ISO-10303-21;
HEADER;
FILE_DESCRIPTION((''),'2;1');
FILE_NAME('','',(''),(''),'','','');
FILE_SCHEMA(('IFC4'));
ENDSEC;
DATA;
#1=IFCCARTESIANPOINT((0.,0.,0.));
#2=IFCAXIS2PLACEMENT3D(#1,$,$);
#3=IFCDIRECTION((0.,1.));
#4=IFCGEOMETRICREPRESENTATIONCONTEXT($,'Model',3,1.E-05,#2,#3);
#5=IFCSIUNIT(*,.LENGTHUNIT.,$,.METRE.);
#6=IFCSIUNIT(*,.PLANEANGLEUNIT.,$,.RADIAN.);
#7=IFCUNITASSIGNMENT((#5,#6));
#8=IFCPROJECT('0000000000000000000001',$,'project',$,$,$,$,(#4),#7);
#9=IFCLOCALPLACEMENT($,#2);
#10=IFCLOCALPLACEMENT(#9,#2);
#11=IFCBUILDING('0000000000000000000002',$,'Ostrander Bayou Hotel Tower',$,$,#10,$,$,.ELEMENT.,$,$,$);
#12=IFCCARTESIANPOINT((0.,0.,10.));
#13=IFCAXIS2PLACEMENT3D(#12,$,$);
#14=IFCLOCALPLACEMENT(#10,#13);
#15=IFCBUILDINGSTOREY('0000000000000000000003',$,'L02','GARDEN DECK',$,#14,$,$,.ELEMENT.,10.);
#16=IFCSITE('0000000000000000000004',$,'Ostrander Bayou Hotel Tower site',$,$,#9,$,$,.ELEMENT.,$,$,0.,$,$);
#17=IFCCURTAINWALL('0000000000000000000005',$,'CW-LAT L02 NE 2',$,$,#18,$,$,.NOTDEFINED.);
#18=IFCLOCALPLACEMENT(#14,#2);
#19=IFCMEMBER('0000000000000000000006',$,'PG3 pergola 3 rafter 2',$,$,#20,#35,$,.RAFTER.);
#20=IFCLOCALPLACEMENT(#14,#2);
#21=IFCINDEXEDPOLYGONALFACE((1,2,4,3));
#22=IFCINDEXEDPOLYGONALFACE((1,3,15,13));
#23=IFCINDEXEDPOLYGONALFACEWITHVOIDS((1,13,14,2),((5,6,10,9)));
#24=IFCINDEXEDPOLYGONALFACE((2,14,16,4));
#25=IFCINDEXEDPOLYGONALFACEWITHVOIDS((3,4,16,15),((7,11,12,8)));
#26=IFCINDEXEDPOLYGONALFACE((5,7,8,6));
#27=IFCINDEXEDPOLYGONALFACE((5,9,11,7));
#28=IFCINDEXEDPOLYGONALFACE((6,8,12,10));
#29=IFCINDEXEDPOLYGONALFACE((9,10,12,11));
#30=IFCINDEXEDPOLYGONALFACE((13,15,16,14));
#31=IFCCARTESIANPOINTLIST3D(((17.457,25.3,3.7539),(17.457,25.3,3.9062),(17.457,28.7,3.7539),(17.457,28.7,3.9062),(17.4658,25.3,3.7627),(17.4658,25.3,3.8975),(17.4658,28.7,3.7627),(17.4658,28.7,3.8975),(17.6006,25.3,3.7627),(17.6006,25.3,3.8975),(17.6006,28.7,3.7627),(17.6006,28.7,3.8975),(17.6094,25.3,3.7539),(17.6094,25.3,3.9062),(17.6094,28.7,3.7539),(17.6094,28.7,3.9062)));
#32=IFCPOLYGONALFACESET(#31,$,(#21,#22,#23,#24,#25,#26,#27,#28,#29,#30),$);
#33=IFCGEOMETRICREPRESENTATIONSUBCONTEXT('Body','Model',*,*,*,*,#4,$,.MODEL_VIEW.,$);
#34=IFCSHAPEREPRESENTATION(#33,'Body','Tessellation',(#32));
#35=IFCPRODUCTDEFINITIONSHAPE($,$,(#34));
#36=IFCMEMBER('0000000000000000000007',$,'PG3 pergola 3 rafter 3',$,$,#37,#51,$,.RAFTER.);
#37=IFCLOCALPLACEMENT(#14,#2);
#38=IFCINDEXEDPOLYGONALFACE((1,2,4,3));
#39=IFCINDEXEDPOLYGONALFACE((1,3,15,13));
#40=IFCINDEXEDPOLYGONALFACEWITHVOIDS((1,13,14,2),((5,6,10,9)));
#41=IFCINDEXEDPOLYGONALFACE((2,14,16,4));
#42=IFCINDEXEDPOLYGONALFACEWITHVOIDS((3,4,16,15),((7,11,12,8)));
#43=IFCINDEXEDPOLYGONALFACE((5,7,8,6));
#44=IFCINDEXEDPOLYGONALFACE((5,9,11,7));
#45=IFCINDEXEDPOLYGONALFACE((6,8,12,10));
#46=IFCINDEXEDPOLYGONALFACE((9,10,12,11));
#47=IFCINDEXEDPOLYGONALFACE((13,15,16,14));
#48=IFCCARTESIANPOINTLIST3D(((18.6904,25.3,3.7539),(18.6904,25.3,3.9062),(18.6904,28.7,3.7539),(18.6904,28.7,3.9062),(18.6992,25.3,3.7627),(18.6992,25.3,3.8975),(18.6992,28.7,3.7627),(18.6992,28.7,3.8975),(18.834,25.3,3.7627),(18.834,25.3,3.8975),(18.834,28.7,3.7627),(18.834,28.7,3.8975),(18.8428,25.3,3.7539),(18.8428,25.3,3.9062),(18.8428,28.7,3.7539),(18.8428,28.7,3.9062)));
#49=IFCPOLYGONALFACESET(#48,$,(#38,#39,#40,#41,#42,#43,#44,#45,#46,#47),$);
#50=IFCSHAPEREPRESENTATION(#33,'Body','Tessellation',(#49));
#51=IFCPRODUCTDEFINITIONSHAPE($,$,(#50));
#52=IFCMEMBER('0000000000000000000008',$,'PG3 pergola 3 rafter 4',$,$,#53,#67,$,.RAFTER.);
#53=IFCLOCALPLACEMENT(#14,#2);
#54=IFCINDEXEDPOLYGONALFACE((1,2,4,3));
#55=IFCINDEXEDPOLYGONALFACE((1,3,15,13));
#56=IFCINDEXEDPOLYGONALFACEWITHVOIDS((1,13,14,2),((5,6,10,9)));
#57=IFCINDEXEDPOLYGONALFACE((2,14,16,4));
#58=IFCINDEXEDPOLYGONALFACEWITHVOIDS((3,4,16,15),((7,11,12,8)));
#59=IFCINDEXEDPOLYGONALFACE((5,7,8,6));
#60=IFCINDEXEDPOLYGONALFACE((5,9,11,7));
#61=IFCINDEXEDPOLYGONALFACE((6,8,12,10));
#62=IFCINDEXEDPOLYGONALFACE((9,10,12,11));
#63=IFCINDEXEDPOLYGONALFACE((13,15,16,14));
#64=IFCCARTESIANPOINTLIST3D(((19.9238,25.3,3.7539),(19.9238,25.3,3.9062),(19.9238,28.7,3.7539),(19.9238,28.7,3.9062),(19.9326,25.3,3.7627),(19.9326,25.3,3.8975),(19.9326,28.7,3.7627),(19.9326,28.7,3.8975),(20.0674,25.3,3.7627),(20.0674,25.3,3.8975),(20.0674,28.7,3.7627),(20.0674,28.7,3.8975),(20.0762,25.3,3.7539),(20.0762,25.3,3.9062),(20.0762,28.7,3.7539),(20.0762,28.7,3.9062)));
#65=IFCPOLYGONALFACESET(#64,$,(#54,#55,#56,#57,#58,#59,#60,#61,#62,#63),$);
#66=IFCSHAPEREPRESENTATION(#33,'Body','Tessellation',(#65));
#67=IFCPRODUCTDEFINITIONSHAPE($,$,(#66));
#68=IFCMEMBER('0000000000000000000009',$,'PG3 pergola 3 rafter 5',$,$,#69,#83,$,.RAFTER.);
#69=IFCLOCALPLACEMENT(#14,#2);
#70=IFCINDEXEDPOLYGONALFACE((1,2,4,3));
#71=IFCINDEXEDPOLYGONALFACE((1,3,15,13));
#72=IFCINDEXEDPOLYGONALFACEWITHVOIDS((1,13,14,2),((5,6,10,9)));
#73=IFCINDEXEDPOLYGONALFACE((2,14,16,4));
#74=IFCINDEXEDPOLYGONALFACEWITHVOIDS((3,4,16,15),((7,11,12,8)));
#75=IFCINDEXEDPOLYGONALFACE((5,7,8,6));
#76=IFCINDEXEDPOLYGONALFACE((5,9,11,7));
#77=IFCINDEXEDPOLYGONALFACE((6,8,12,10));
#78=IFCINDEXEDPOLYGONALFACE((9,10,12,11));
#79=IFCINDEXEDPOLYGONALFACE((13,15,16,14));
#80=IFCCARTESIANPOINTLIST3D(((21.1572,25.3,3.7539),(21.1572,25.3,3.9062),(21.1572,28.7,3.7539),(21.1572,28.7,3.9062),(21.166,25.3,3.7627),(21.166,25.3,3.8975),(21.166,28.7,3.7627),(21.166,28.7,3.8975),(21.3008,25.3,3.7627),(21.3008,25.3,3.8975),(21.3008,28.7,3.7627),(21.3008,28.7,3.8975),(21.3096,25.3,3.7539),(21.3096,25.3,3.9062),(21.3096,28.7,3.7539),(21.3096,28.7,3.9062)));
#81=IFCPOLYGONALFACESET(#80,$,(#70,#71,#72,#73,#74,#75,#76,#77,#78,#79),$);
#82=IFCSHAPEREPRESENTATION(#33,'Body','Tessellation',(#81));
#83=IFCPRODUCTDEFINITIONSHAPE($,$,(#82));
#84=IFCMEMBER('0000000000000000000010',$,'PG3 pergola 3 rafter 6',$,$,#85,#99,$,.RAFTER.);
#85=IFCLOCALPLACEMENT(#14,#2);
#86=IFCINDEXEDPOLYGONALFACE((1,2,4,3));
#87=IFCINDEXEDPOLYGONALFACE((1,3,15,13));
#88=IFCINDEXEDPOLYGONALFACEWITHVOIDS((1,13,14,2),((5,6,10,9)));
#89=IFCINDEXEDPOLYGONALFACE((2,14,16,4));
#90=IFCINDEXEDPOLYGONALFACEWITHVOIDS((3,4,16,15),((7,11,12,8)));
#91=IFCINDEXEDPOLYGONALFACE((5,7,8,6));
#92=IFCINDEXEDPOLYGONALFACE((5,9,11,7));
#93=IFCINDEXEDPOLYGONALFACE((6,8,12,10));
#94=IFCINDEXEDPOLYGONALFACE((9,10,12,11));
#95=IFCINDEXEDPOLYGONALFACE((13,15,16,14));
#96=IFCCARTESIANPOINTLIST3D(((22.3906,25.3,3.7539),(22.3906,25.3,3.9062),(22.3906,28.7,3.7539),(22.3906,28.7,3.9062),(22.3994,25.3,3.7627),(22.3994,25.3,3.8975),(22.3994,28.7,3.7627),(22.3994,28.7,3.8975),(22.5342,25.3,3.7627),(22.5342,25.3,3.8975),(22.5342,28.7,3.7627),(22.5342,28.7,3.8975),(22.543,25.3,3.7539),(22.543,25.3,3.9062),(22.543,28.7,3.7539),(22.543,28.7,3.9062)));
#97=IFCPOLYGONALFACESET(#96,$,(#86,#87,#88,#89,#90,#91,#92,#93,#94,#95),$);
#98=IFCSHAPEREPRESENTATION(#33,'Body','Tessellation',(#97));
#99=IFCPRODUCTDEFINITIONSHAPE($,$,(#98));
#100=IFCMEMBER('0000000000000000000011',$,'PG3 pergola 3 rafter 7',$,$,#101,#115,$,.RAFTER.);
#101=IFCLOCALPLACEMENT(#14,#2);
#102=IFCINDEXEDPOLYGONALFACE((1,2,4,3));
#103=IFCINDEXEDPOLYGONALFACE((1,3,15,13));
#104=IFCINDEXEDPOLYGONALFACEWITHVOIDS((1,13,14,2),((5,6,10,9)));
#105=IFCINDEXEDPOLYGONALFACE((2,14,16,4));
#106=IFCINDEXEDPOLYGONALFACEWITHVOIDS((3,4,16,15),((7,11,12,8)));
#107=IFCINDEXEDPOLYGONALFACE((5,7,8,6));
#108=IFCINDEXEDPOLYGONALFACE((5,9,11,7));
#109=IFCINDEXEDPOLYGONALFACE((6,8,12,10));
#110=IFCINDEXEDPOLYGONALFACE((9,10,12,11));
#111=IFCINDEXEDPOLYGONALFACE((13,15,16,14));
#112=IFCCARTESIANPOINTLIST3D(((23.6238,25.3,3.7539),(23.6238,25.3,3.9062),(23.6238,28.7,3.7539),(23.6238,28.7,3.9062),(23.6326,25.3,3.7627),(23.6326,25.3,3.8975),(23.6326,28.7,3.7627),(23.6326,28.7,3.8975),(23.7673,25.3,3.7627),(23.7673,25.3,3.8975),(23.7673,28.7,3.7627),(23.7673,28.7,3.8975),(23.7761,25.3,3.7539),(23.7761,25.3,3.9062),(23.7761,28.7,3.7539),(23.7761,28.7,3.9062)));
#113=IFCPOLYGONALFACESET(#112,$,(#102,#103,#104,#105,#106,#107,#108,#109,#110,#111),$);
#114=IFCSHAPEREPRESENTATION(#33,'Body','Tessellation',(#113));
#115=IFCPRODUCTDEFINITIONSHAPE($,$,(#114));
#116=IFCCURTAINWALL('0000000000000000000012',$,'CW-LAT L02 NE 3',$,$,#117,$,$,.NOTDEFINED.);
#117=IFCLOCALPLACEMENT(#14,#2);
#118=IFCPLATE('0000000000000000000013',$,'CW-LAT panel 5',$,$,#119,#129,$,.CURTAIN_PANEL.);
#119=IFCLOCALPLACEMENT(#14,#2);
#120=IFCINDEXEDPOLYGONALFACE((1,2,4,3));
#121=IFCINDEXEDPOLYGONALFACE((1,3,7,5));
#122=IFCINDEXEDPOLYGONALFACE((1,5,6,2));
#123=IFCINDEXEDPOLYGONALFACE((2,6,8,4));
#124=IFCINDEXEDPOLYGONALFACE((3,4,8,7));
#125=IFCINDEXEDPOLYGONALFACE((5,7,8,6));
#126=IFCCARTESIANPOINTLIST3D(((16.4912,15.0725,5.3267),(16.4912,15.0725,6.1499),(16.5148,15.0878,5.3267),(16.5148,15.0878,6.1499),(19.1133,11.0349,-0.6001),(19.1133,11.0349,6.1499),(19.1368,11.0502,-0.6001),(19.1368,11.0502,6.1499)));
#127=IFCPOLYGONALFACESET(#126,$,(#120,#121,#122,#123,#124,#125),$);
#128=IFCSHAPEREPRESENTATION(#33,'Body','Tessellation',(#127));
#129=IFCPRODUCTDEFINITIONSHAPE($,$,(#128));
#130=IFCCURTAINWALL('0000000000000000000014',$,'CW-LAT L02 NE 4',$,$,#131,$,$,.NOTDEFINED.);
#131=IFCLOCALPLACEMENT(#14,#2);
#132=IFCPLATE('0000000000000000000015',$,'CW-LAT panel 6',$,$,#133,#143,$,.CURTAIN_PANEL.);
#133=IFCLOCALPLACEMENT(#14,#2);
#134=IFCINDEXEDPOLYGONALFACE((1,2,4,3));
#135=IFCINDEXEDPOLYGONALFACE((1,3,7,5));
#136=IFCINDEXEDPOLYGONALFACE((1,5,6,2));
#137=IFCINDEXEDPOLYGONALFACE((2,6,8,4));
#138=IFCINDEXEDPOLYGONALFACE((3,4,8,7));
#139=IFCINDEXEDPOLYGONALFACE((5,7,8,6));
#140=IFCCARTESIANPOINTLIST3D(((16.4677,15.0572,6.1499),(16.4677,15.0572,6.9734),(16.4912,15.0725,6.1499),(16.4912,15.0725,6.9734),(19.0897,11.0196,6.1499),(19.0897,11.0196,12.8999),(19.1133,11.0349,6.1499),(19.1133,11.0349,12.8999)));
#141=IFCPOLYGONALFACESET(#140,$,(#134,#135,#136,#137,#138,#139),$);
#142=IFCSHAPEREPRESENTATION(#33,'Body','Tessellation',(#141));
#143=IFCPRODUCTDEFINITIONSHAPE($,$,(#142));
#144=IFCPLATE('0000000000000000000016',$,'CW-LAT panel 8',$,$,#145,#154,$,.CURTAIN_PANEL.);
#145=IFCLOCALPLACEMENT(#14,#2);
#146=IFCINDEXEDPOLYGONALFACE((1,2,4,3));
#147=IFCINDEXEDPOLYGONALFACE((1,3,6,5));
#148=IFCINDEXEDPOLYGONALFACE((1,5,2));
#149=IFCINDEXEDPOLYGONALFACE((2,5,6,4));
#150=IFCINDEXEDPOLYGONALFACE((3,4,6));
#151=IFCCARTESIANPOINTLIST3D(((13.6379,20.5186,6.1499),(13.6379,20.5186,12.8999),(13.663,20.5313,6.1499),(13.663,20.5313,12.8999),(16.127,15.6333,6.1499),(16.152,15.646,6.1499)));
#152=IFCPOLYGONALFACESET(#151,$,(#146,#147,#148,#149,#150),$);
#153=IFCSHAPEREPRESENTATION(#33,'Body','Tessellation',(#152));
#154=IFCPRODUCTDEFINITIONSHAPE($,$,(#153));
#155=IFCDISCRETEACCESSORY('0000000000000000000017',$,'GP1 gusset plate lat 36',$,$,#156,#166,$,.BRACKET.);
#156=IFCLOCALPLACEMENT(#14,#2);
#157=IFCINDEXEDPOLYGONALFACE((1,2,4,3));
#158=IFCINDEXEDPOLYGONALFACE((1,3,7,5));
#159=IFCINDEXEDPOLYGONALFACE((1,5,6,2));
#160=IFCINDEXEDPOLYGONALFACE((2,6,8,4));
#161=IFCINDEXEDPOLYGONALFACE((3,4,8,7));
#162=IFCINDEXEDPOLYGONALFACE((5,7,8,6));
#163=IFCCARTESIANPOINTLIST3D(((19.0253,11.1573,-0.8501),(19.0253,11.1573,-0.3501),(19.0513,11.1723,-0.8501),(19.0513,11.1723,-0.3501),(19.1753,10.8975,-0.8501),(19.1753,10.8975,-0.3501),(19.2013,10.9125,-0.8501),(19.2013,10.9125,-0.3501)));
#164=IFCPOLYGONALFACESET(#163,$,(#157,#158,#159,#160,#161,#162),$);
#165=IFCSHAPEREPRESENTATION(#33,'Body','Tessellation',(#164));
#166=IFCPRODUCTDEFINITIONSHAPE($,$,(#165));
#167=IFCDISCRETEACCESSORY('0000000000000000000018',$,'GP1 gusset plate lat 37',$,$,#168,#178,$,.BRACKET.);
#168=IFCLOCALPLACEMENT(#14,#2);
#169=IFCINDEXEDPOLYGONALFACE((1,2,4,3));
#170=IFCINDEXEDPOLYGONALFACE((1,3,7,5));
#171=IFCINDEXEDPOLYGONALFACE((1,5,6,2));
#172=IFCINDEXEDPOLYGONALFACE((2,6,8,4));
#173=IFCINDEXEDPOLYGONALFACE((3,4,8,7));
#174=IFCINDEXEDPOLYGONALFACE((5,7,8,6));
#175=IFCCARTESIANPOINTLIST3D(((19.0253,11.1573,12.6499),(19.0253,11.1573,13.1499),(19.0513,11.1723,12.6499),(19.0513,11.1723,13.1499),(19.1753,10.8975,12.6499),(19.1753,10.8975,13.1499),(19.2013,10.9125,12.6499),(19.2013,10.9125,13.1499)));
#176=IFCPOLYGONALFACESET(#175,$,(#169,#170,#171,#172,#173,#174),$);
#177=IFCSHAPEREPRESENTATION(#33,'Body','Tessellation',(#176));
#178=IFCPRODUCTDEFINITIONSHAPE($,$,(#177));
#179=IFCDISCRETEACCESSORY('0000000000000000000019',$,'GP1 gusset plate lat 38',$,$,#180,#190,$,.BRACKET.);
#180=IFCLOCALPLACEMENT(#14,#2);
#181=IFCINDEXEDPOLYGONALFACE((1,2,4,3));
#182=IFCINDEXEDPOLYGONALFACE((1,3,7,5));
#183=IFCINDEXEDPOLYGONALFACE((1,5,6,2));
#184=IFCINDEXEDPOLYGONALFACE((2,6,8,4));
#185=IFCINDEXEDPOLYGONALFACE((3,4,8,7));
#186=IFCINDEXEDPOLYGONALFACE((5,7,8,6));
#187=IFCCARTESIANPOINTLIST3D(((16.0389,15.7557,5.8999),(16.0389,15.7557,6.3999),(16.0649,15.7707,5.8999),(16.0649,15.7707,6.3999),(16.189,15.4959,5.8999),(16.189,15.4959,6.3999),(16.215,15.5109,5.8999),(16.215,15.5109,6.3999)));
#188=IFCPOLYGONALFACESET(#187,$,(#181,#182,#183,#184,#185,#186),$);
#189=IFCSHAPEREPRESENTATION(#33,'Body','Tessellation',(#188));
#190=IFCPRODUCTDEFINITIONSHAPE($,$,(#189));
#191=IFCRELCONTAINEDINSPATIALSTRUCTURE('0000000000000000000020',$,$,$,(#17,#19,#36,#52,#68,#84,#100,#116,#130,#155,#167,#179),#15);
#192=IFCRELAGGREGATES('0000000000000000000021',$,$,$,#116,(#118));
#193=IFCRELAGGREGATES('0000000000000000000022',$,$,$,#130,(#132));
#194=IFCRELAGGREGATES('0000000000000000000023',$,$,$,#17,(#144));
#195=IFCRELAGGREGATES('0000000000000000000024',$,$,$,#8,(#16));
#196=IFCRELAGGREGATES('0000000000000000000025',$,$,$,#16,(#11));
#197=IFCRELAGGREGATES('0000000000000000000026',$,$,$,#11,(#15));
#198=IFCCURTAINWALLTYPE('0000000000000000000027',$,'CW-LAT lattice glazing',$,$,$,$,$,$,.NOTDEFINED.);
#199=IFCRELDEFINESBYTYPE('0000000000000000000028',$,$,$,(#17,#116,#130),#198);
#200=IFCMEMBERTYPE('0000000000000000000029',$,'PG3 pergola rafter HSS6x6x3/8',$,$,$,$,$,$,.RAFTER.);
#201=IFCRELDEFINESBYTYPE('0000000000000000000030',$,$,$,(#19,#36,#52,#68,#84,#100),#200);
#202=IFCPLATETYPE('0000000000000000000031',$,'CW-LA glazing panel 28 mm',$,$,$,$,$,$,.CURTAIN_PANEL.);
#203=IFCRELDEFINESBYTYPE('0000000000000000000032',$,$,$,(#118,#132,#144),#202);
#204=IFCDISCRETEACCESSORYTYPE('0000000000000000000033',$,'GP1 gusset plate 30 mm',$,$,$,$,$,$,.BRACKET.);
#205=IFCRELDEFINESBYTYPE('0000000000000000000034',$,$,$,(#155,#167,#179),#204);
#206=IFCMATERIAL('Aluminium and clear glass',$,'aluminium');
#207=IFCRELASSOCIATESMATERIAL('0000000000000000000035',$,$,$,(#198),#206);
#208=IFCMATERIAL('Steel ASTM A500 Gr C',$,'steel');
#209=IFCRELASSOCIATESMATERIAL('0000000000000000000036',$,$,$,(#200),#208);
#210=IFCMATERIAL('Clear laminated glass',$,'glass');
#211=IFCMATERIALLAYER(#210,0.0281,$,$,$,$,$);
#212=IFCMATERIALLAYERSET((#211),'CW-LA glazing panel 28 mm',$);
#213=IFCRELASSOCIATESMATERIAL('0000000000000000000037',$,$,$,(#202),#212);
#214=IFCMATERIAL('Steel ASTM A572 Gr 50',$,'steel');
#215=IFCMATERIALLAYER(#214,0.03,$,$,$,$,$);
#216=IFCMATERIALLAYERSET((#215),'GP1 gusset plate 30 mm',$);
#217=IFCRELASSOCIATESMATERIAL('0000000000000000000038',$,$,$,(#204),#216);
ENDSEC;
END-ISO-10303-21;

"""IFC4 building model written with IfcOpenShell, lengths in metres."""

from ifc_helpers import new_model, si_unit, direction, frame, origin, origin_2d, place, context, subcontext, project, spatial, polyline, rectangle, hollow_rectangle, outline, extrude, material, layer, layer_set, material_profile, profile_set, type_object, element, aggregate, save


model = new_model("IFC4")

# Units and contexts
model_context = context("Model", 3, precision=1e-05, world=origin(), true_north=direction((0.0, 1.0)))
body_context = subcontext(model_context, "Body", "Model", "MODEL_VIEW")
ifc_project = project(units=[si_unit("LENGTHUNIT", "METRE"), si_unit("PLANEANGLEUNIT", "RADIAN")], contexts=[model_context])

# Site, building, storey
site_placement = place(None, origin())
site = spatial("IfcSite", under=ifc_project, at=site_placement, Name="Ostrander Bayou Hotel Tower site", CompositionType="ELEMENT", RefElevation=0.0)
building_placement = place(site_placement, origin())
building = spatial("IfcBuilding", under=site, at=building_placement, Name="Ostrander Bayou Hotel Tower", CompositionType="ELEMENT")
storey_placement = place(building_placement, frame((0.0, 0.0, 10.0)))
storey = spatial("IfcBuildingStorey", under=building, at=storey_placement, Name="L02", Description="GARDEN DECK", CompositionType="ELEMENT", Elevation=10.0)

# Shared definitions
ifc_material_1 = material(Name="Aluminium and clear glass", Category="aluminium")
curtain_wall_type = type_object("IfcCurtainWallType", Name="CW-LAT lattice glazing", PredefinedType="NOTDEFINED", material=ifc_material_1)

# Curtain wall
curtain_wall_1_placement = place(storey_placement, origin())
curtain_wall_1 = element("IfcCurtainWall", 1, at=curtain_wall_1_placement, inside=storey, type_object=curtain_wall_type, Name="CW-LAT L02 NE 2", PredefinedType="NOTDEFINED")

# Members
ifc_material_2 = material(Name="Steel ASTM A500 Gr C", Category="steel")
ifc_material_profile_1 = material_profile(ifc_material_2, hollow_rectangle(XDim=0.1523, YDim=0.1523, WallThickness=0.0088, at=origin_2d()))
ifc_profile_set_1 = profile_set([ifc_material_profile_1], Name="Steel ASTM A500 Gr C")
member_type_1 = type_object("IfcMemberType", Name="PG3 pergola rafter HSS6x6x3/8", PredefinedType="RAFTER", material=ifc_profile_set_1)
for number, where, z_axis, x_axis, name in (
    (2, (17.5332, 25.3, 3.8301), (0.0, 1.0, 0.0), (-1.0, 0.0, 0.0), "PG3 pergola 3 rafter 2"),
    (3, (18.7666, 25.3, 3.8301), (0.0, 1.0, 0.0), (-1.0, 0.0, 0.0), "PG3 pergola 3 rafter 3"),
    (4, (20.0, 25.3, 3.8301), (0.0, 1.0, 0.0), (-1.0, 0.0, 0.0), "PG3 pergola 3 rafter 4"),
    (5, (21.2334, 25.3, 3.8301), (0.0, 1.0, 0.0), (-1.0, 0.0, 0.0), "PG3 pergola 3 rafter 5"),
    (6, (22.4668, 25.3, 3.8301), (0.0, 1.0, 0.0), (-1.0, 0.0, 0.0), "PG3 pergola 3 rafter 6"),
    (7, (23.7, 25.3, 3.8301), (0.0, 1.0, 0.0), (-1.0, 0.0, 0.0), "PG3 pergola 3 rafter 7"),
):
    element("IfcMember", number, at=place(storey_placement, frame(where, z_axis=z_axis, x_axis=x_axis)), inside=storey, type_object=member_type_1, Name=name, PredefinedType="RAFTER", context=body_context, shape_type="SweptSolid", body=[
        extrude(hollow_rectangle(XDim=0.1523, YDim=0.1523, WallThickness=0.0088, at=origin_2d()), origin(), (0.0, 0.0, 1.0), 3.3999),
    ])

# Curtain walls, plates
curtain_wall_2_placement = place(storey_placement, origin())
curtain_wall_2 = element("IfcCurtainWall", 8, at=curtain_wall_2_placement, inside=storey, type_object=curtain_wall_type, Name="CW-LAT L02 NE 3", PredefinedType="NOTDEFINED")
ifc_material_3 = material(Name="Clear laminated glass", Category="glass")
ifc_layer_1 = layer(ifc_material_3, 0.0281)
ifc_layer_set_1 = layer_set([ifc_layer_1], Name="CW-LA glazing panel 28 mm")
plate_type = type_object("IfcPlateType", Name="CW-LA glazing panel 28 mm", PredefinedType="CURTAIN_PANEL", material=ifc_layer_set_1)
plate_1_placement = place(storey_placement, frame((16.4912, 15.0725, 5.3267), z_axis=(-0.838668, -0.544643, 0.0), x_axis=(0.343396, -0.528779, -0.776191)))
plate_1 = element("IfcPlate", 9, at=plate_1_placement, type_object=plate_type, Name="CW-LAT panel 5", PredefinedType="CURTAIN_PANEL", context=body_context, shape_type="SweptSolid", body=[
    extrude(outline(polyline([(0.0, 0.0), (7.6357, 0.0), (2.3964, 4.2559), (-0.639, 0.5191), (0.0, 0.0)])), origin(), (0.0, 0.0, -1.0), 0.0281),
])
aggregate(curtain_wall_2, [plate_1])
curtain_wall_3_placement = place(storey_placement, origin())
curtain_wall_3 = element("IfcCurtainWall", 10, at=curtain_wall_3_placement, inside=storey, type_object=curtain_wall_type, Name="CW-LAT L02 NE 4", PredefinedType="NOTDEFINED")
plate_2_placement = place(storey_placement, frame((16.4912, 15.0725, 6.9734), z_axis=(0.838668, 0.544643, 0.0), x_axis=(0.343405, -0.528792, 0.776178)))
plate_2 = element("IfcPlate", 11, at=plate_2_placement, type_object=plate_type, Name="CW-LAT panel 6", PredefinedType="CURTAIN_PANEL", context=body_context, shape_type="SweptSolid", body=[
    extrude(outline(polyline([(0.0, 0.0), (7.6355, 0.0), (2.3963, 4.256), (-0.6392, 0.5192), (0.0, 0.0)])), origin(), (0.0, 0.0, -1.0), 0.0281),
])
aggregate(curtain_wall_3, [plate_2])

# Plate
plate_3_placement = place(storey_placement, frame((16.127, 15.6333, 6.1499), z_axis=(-0.891017, -0.453969, 0.0), x_axis=(-0.286219, 0.561771, 0.776204)))
plate_3 = element("IfcPlate", 12, at=plate_3_placement, type_object=plate_type, Name="CW-LAT panel 8", PredefinedType="CURTAIN_PANEL", context=body_context, shape_type="SweptSolid", body=[
    extrude(outline(polyline([(0.0, 0.0), (8.6962, 0.0), (3.4568, 4.2558), (0.0, 0.0)])), origin(), (0.0, 0.0, -1.0), 0.0281),
])
aggregate(curtain_wall_1, [plate_3])

# Discrete accessories
ifc_material_4 = material(Name="Steel ASTM A572 Gr 50", Category="steel")
ifc_layer_2 = layer(ifc_material_4, 0.03)
ifc_layer_set_2 = layer_set([ifc_layer_2], Name="GP1 gusset plate 30 mm")
discrete_accessory_type = type_object("IfcDiscreteAccessoryType", Name="GP1 gusset plate 30 mm", PredefinedType="BRACKET", material=ifc_layer_set_2)
for number, where, z_axis, x_axis, name in (
    (13, (19.1133, 11.0349, -0.8501), (0.0, 0.0, 1.0), (-0.5, 0.866025, 0.0), "GP1 gusset plate lat 36"),
    (14, (19.1133, 11.0349, 12.6499), (0.0, 0.0, 1.0), (-0.5, 0.866025, 0.0), "GP1 gusset plate lat 37"),
    (15, (16.127, 15.6333, 5.8999), (0.0, 0.0, 1.0), (-0.5, 0.866025, 0.0), "GP1 gusset plate lat 38"),
):
    element("IfcDiscreteAccessory", number, at=place(storey_placement, frame(where, z_axis=z_axis, x_axis=x_axis)), inside=storey, type_object=discrete_accessory_type, Name=name, PredefinedType="BRACKET", context=body_context, shape_type="SweptSolid", body=[
        extrude(rectangle(XDim=0.3, YDim=0.03, at=origin_2d()), origin(), (0.0, 0.0, 1.0), 0.5),
    ])

save(model, "model.ifc")
